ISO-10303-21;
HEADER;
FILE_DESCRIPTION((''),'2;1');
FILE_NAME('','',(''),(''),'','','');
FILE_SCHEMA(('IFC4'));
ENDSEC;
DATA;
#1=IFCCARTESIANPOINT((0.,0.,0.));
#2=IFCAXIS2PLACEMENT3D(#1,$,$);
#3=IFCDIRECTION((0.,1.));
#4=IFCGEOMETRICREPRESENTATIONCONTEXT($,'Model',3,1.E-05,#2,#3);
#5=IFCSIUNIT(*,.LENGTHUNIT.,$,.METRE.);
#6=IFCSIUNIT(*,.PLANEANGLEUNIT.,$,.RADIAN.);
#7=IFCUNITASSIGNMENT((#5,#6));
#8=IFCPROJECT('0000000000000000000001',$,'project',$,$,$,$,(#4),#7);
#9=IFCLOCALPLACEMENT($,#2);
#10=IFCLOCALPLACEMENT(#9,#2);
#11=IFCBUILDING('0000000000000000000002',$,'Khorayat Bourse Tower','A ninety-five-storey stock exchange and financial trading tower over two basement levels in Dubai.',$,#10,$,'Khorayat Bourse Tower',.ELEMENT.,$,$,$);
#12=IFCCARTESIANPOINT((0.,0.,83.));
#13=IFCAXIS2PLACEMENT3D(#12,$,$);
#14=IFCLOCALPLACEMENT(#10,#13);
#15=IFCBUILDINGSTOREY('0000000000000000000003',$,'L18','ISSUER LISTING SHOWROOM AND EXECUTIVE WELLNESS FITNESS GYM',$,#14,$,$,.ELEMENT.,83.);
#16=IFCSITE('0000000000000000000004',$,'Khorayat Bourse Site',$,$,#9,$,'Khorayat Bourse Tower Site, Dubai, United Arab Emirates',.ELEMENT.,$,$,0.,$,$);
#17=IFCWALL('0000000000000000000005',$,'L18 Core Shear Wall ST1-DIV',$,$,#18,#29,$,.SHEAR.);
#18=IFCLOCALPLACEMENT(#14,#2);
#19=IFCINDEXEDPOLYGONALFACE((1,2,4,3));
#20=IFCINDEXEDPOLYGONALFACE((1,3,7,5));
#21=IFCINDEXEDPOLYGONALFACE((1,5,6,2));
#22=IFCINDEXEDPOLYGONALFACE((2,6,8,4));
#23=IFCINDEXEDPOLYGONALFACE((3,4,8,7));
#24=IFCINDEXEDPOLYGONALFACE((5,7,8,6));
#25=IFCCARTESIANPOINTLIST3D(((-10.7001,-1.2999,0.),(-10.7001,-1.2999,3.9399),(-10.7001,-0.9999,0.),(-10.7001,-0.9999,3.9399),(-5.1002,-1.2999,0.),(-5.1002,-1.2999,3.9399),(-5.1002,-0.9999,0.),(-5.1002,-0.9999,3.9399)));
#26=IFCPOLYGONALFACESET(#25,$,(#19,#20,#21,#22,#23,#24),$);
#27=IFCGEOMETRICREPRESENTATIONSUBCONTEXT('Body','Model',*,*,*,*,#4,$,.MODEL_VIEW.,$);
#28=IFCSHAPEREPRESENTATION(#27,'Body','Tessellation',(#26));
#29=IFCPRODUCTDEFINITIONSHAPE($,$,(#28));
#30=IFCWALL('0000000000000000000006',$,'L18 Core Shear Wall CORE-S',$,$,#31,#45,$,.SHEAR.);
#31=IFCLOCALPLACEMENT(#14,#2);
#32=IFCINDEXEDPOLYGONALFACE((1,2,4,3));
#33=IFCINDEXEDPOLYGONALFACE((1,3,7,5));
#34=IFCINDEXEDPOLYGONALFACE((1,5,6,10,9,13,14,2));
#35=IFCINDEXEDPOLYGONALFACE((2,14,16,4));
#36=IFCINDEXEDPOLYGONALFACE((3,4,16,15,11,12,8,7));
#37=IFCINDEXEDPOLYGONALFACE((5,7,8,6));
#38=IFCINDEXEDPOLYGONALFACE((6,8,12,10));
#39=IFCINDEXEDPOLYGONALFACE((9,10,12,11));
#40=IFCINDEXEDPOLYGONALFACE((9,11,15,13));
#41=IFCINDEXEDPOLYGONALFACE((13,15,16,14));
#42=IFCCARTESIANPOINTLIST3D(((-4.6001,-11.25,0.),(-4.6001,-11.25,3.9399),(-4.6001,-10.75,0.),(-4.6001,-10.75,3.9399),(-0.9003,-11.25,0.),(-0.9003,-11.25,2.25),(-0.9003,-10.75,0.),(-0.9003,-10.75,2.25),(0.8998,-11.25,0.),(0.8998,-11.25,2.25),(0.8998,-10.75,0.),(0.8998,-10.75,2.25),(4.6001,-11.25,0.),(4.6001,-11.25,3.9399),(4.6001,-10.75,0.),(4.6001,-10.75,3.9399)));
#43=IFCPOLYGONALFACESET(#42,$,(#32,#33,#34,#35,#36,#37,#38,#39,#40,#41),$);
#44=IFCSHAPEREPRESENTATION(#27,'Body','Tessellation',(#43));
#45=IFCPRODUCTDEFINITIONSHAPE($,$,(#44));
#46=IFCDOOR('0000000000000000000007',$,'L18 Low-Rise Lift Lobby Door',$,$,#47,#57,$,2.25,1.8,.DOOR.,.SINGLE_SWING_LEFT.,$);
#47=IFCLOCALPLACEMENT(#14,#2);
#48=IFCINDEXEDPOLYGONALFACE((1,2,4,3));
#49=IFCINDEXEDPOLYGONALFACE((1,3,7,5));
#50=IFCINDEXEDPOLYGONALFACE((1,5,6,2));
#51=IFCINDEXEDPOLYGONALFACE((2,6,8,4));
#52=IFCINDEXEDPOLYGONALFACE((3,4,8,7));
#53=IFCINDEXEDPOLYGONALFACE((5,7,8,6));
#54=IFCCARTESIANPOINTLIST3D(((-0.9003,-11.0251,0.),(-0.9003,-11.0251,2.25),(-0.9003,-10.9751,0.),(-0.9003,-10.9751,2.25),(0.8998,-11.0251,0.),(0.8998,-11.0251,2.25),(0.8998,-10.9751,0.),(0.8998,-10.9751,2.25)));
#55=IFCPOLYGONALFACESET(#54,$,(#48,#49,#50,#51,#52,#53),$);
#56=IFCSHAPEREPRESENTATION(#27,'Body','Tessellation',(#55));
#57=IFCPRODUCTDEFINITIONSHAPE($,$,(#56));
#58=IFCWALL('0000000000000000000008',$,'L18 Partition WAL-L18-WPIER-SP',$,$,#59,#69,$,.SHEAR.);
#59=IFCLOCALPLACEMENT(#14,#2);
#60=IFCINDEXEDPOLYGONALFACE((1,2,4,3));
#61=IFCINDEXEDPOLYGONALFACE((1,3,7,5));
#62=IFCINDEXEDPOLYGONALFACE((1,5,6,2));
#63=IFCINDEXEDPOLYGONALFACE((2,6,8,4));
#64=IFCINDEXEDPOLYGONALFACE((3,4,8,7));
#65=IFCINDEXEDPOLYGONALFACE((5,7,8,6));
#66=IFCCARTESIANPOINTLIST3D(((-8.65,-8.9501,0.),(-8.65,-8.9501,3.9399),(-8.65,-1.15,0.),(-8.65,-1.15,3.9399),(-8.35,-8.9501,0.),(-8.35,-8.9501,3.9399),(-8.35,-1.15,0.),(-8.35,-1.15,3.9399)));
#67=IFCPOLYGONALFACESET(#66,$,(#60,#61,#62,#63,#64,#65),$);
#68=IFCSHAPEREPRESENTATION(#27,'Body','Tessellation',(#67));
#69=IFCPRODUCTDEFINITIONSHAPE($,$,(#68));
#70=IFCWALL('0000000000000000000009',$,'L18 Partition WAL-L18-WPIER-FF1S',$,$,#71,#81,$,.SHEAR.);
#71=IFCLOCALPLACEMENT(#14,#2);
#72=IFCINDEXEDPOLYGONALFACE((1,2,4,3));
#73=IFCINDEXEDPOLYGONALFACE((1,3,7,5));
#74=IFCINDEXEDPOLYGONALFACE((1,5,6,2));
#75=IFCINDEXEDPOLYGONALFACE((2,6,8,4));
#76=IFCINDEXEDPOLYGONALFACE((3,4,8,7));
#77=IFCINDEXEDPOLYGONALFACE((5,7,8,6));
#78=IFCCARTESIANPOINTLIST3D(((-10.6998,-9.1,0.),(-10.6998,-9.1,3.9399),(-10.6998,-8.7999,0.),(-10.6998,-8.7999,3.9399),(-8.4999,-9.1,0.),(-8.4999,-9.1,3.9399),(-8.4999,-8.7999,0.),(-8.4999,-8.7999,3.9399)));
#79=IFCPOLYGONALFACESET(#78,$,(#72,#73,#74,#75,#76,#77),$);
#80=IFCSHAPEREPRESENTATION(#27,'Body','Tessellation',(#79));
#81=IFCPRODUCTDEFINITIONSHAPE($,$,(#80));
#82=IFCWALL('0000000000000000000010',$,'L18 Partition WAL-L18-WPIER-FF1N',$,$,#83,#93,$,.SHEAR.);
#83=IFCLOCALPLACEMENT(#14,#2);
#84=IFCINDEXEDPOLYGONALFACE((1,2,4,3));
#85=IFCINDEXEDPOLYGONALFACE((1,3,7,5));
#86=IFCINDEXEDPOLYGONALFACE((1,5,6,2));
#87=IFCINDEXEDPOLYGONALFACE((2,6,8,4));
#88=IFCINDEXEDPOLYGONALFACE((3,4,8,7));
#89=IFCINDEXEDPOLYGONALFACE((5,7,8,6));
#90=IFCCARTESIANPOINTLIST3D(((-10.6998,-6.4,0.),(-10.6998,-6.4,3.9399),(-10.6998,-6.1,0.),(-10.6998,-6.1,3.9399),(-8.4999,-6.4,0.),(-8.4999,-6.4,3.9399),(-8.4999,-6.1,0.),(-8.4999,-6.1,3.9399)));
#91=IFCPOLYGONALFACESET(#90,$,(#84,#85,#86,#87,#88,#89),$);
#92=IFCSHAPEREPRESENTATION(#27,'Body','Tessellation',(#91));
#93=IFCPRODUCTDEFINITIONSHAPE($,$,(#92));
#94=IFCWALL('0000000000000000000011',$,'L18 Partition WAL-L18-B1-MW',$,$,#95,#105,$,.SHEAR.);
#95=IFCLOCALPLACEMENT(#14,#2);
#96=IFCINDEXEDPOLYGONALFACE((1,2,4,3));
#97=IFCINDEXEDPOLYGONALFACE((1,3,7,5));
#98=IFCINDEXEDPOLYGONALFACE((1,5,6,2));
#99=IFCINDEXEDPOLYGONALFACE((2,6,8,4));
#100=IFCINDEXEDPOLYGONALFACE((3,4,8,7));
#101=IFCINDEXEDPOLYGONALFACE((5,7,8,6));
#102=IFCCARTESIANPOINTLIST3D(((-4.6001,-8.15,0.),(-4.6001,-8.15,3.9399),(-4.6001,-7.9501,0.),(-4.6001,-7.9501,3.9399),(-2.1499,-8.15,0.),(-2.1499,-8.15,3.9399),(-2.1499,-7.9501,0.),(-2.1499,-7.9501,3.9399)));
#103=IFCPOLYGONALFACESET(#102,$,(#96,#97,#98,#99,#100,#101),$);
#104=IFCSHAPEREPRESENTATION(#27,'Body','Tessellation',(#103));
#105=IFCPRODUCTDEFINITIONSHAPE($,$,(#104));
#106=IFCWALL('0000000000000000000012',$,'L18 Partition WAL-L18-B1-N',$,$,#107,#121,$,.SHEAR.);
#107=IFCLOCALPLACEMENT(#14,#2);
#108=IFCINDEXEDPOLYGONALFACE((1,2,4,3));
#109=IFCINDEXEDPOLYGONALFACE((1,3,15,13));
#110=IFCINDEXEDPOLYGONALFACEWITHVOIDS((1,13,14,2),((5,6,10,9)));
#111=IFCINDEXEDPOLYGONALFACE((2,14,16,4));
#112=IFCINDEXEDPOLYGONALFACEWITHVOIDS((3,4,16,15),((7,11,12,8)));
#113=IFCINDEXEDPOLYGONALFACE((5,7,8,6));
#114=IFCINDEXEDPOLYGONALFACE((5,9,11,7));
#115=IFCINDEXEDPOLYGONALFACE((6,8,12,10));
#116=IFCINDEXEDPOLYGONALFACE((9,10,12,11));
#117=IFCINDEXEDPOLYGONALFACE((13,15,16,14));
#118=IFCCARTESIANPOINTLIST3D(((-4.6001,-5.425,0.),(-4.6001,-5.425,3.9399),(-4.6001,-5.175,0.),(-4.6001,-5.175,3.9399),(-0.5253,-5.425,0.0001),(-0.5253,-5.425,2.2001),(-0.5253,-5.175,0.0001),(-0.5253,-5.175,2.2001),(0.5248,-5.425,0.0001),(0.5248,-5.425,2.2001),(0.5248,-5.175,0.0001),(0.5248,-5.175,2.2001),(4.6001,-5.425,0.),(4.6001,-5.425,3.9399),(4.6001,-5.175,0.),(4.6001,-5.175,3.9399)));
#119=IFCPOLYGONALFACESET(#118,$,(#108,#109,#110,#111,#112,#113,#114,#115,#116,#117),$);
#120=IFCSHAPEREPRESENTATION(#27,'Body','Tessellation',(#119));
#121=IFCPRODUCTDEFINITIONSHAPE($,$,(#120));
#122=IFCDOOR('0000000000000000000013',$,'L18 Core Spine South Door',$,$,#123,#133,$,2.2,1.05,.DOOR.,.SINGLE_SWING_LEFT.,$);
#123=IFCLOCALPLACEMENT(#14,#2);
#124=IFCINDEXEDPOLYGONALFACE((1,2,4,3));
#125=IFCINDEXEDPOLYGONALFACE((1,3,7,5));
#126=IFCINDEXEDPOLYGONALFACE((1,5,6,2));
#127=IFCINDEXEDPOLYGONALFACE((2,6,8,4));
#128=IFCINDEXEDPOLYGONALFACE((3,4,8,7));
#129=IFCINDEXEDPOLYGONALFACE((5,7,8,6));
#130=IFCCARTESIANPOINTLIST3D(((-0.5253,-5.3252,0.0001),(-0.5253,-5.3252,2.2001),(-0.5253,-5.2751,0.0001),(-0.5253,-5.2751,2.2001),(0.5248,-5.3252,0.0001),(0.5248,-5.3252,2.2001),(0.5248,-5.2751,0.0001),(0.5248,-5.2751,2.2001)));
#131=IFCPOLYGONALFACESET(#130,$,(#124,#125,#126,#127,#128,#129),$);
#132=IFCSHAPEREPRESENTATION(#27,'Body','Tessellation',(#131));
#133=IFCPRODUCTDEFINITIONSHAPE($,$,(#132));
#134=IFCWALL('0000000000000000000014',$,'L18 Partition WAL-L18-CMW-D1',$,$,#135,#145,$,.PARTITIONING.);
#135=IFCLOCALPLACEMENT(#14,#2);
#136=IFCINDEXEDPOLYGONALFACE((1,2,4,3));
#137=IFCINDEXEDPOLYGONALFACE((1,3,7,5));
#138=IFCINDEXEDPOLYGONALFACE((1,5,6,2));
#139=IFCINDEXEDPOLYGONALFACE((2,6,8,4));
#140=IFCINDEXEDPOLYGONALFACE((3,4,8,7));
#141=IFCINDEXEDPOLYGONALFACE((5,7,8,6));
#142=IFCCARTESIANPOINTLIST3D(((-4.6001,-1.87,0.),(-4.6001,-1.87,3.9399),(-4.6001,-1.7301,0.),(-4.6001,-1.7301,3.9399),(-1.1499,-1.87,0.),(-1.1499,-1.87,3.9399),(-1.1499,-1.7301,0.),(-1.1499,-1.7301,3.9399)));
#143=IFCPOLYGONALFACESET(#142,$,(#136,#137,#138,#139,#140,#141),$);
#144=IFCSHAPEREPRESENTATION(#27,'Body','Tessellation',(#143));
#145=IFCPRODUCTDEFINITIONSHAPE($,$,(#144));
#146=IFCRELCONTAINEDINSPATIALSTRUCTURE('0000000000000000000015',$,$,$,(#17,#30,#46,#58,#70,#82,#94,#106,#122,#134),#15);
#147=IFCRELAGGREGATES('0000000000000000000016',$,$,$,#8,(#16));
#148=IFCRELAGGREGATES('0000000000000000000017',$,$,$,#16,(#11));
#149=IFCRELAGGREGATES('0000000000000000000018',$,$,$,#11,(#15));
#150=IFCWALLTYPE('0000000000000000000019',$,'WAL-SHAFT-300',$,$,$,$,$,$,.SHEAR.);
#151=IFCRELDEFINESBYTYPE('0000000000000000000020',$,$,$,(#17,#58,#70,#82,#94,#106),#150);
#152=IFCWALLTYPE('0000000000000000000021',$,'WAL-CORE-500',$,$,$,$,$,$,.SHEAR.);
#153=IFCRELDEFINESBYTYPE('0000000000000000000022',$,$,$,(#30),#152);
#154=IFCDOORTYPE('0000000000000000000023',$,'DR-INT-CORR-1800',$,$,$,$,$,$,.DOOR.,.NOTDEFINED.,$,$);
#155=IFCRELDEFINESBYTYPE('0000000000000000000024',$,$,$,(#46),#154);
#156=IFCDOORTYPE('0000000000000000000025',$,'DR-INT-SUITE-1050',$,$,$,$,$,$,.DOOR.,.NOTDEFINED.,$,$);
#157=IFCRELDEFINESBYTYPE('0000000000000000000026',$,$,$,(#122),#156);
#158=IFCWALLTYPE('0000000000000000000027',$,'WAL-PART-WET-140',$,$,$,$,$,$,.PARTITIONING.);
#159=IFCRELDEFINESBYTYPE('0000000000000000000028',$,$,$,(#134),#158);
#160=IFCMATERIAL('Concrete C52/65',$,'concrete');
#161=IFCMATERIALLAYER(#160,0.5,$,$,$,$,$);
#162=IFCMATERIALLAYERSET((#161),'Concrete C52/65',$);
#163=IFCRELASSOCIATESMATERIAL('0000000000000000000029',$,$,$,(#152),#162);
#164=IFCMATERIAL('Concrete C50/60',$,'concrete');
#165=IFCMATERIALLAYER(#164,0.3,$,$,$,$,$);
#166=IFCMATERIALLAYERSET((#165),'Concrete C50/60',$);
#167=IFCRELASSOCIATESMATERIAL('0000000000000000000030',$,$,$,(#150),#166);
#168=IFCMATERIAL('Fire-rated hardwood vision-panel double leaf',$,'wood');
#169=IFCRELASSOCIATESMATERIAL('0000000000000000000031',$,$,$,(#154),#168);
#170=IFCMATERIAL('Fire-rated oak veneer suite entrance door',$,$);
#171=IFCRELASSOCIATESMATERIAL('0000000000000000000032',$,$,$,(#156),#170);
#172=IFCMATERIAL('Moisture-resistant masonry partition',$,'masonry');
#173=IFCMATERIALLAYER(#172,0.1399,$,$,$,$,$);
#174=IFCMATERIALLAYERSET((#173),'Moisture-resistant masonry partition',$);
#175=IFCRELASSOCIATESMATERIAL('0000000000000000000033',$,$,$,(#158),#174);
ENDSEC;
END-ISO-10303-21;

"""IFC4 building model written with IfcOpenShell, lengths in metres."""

from ifc_helpers import new_model, si_unit, direction, frame, frame_2d, origin, place, context, subcontext, project, spatial, rectangle, extrude, source, transform, mapped, material, layer, layer_set, type_object, element, fill, save


model = new_model("IFC4")

# Units and contexts
model_context = context("Model", 3, precision=1e-05, world=origin(), true_north=direction((0.0, 1.0)))
body_context = subcontext(model_context, "Body", "Model", "MODEL_VIEW")
ifc_project = project(units=[si_unit("LENGTHUNIT", "METRE"), si_unit("PLANEANGLEUNIT", "RADIAN")], contexts=[model_context])

# Site, building, storey
site_placement = place(None, origin())
site = spatial("IfcSite", under=ifc_project, at=site_placement, Name="Khorayat Bourse Site", LongName="Khorayat Bourse Tower Site, Dubai, United Arab Emirates", CompositionType="ELEMENT", RefElevation=0.0)
building_placement = place(site_placement, origin())
building = spatial("IfcBuilding", under=site, at=building_placement, Name="Khorayat Bourse Tower", Description="A ninety-five-storey stock exchange and financial trading tower over two basement levels in Dubai.", LongName="Khorayat Bourse Tower", CompositionType="ELEMENT")
storey_placement = place(building_placement, frame((0.0, 0.0, 83.0)))
storey = spatial("IfcBuildingStorey", under=building, at=storey_placement, Name="L18", Description="ISSUER LISTING SHOWROOM AND EXECUTIVE WELLNESS FITNESS GYM", CompositionType="ELEMENT", Elevation=83.0)

# Wall
ifc_material_1 = material(Name="Concrete C52/65", Category="concrete")
ifc_layer_1 = layer(ifc_material_1, 0.5)
ifc_layer_set_1 = layer_set([ifc_layer_1], Name="Concrete C52/65")
wall_type_1 = type_object("IfcWallType", Name="WAL-CORE-500", PredefinedType="SHEAR", material=ifc_layer_set_1)
ifc_material_2 = material(Name="Concrete C50/60", Category="concrete")
ifc_layer_2 = layer(ifc_material_2, 0.3)
ifc_layer_set_2 = layer_set([ifc_layer_2], Name="Concrete C50/60")
wall_type_2 = type_object("IfcWallType", Name="WAL-SHAFT-300", PredefinedType="SHEAR", material=ifc_layer_set_2)
shared_shape_1 = source(origin(), body_context, "Body", "SweptSolid", [
    extrude(rectangle(XDim=5.5999, YDim=0.3, at=frame_2d((2.7998, 0.0))), origin(), (0.0, 0.0, 1.0), 3.9399),
])
wall_1_placement = place(storey_placement, frame((-10.7, -1.1499, 0.0), z_axis=(0.0, 0.0, 1.0), x_axis=(1.0, 0.0, 0.0)))
element("IfcWall", 1, at=wall_1_placement, inside=storey, type_object=wall_type_2, Name="L18 Core Shear Wall ST1-DIV", PredefinedType="SHEAR", context=body_context, shape_type="MappedRepresentation", body=[
    mapped(shared_shape_1, transform((0.0, 0.0, 0.0), scale=1.0)),
])

# Wall, opening, door
shared_shape_2 = source(origin(), body_context, "Body", "SweptSolid", [
    extrude(rectangle(XDim=9.2002, YDim=0.5, at=frame_2d((4.6001, 0.0))), origin(), (0.0, 0.0, 1.0), 3.9399),
])
wall_2_placement = place(storey_placement, frame((-4.6001, -11.0, 0.0), z_axis=(0.0, 0.0, 1.0), x_axis=(1.0, 0.0, 0.0)))
wall_2 = element("IfcWall", 2, at=wall_2_placement, inside=storey, type_object=wall_type_1, Name="L18 Core Shear Wall CORE-S", PredefinedType="SHEAR", context=body_context, shape_type="MappedRepresentation", body=[
    mapped(shared_shape_2, transform((0.0, 0.0, 0.0), scale=1.0)),
])
shared_shape_3 = source(origin(), body_context, "Body", "SweptSolid", [
    extrude(rectangle(XDim=1.8, YDim=2.25, at=frame_2d((0.8999, 1.125))), frame((0.0, 0.26, 0.0), z_axis=(0.0, -1.0, 0.0), x_axis=(1.0, 0.0, 0.0)), (0.0, 0.0, 1.0), 0.52),
])
opening_1_placement = place(wall_2_placement, frame((3.7, 0.0, 0.0)))
opening_1 = element("IfcOpeningElement", 3, at=opening_1_placement, cuts=wall_2, PredefinedType="OPENING", context=body_context, shape_type="MappedRepresentation", body=[
    mapped(shared_shape_3, transform((0.0, 0.0, 0.0), scale=1.0)),
])
ifc_material_3 = material(Name="Fire-rated hardwood vision-panel double leaf", Category="wood")
door_type_1 = type_object("IfcDoorType", Name="DR-INT-CORR-1800", OperationType="NOTDEFINED", PredefinedType="DOOR", material=ifc_material_3)
shared_shape_4 = source(origin(), body_context, "Body", "SweptSolid", [
    extrude(rectangle(XDim=1.8, YDim=2.25, at=frame_2d((0.8999, 1.125))), frame((0.0, 0.0249, 0.0), z_axis=(0.0, -1.0, 0.0), x_axis=(1.0, 0.0, 0.0)), (0.0, 0.0, 1.0), 0.05),
])
door_1_placement = place(opening_1_placement, origin())
door_1 = element("IfcDoor", 4, at=door_1_placement, inside=storey, type_object=door_type_1, Name="L18 Low-Rise Lift Lobby Door", OperationType="SINGLE_SWING_LEFT", OverallHeight=2.25, OverallWidth=1.8, PredefinedType="DOOR", context=body_context, shape_type="MappedRepresentation", body=[
    mapped(shared_shape_4, transform((0.0, 0.0, 0.0), scale=1.0)),
])
fill(opening_1, door_1)

# Walls
shared_shape_5 = source(origin(), body_context, "Body", "SweptSolid", [
    extrude(rectangle(XDim=7.8, YDim=0.3, at=frame_2d((3.8999, 0.0))), origin(), (0.0, 0.0, 1.0), 3.9399),
])
wall_3_placement = place(storey_placement, frame((-8.5, -8.95, 0.0), z_axis=(0.0, 0.0, 1.0), x_axis=(0.0, 1.0, 0.0)))
element("IfcWall", 5, at=wall_3_placement, inside=storey, type_object=wall_type_2, Name="L18 Partition WAL-L18-WPIER-SP", PredefinedType="SHEAR", context=body_context, shape_type="MappedRepresentation", body=[
    mapped(shared_shape_5, transform((0.0, 0.0, 0.0), scale=1.0)),
])
shared_shape_6 = source(origin(), body_context, "Body", "SweptSolid", [
    extrude(rectangle(XDim=2.2, YDim=0.3, at=frame_2d((1.1001, 0.0))), origin(), (0.0, 0.0, 1.0), 3.9399),
])
for number, where, z_axis, x_axis, name in (
    (6, (-10.7, -8.95, 0.0), (0.0, 0.0, 1.0), (1.0, 0.0, 0.0), "L18 Partition WAL-L18-WPIER-FF1S"),
    (7, (-10.7, -6.25, 0.0), (0.0, 0.0, 1.0), (1.0, 0.0, 0.0), "L18 Partition WAL-L18-WPIER-FF1N"),
):
    element("IfcWall", number, at=place(storey_placement, frame(where, z_axis=z_axis, x_axis=x_axis)), inside=storey, type_object=wall_type_2, Name=name, PredefinedType="SHEAR", context=body_context, shape_type="MappedRepresentation", body=[
        mapped(shared_shape_6, transform((0.0, 0.0, 0.0), scale=1.0)),
    ])
shared_shape_7 = source(origin(), body_context, "Body", "SweptSolid", [
    extrude(rectangle(XDim=2.4502, YDim=0.2, at=frame_2d((1.2251, 0.0))), origin(), (0.0, 0.0, 1.0), 3.9399),
])
wall_4_placement = place(storey_placement, frame((-4.6001, -8.05, 0.0), z_axis=(0.0, 0.0, 1.0), x_axis=(1.0, 0.0, 0.0)))
element("IfcWall", 8, at=wall_4_placement, inside=storey, type_object=wall_type_2, Name="L18 Partition WAL-L18-B1-MW", PredefinedType="SHEAR", context=body_context, shape_type="MappedRepresentation", body=[
    mapped(shared_shape_7, transform((0.0, 0.0, 0.0), scale=1.0)),
])

# Wall, opening, door
shared_shape_8 = source(origin(), body_context, "Body", "SweptSolid", [
    extrude(rectangle(XDim=9.2002, YDim=0.25, at=frame_2d((4.6001, 0.0))), origin(), (0.0, 0.0, 1.0), 3.9399),
])
wall_5_placement = place(storey_placement, frame((-4.6001, -5.3, 0.0), z_axis=(0.0, 0.0, 1.0), x_axis=(1.0, 0.0, 0.0)))
wall_5 = element("IfcWall", 9, at=wall_5_placement, inside=storey, type_object=wall_type_2, Name="L18 Partition WAL-L18-B1-N", PredefinedType="SHEAR", context=body_context, shape_type="MappedRepresentation", body=[
    mapped(shared_shape_8, transform((0.0, 0.0, 0.0), scale=1.0)),
])
shared_shape_9 = source(origin(), body_context, "Body", "SweptSolid", [
    extrude(rectangle(XDim=1.05, YDim=2.2, at=frame_2d((0.5249, 1.1001))), frame((0.0, 0.135, 0.0), z_axis=(0.0, -1.0, 0.0), x_axis=(1.0, 0.0, 0.0)), (0.0, 0.0, 1.0), 0.27),
])
opening_2_placement = place(wall_5_placement, frame((4.075, 0.0, 0.0)))
opening_2 = element("IfcOpeningElement", 10, at=opening_2_placement, cuts=wall_5, PredefinedType="OPENING", context=body_context, shape_type="MappedRepresentation", body=[
    mapped(shared_shape_9, transform((0.0, 0.0, 0.0), scale=1.0)),
])
ifc_material_4 = material(Name="Fire-rated oak veneer suite entrance door")
door_type_2 = type_object("IfcDoorType", Name="DR-INT-SUITE-1050", OperationType="NOTDEFINED", PredefinedType="DOOR", material=ifc_material_4)
shared_shape_10 = source(origin(), body_context, "Body", "SweptSolid", [
    extrude(rectangle(XDim=1.05, YDim=2.2, at=frame_2d((0.5249, 1.1001))), frame((0.0, 0.0249, 0.0), z_axis=(0.0, -1.0, 0.0), x_axis=(1.0, 0.0, 0.0)), (0.0, 0.0, 1.0), 0.05),
])
door_2_placement = place(opening_2_placement, origin())
door_2 = element("IfcDoor", 11, at=door_2_placement, inside=storey, type_object=door_type_2, Name="L18 Core Spine South Door", OperationType="SINGLE_SWING_LEFT", OverallHeight=2.2, OverallWidth=1.05, PredefinedType="DOOR", context=body_context, shape_type="MappedRepresentation", body=[
    mapped(shared_shape_10, transform((0.0, 0.0, 0.0), scale=1.0)),
])
fill(opening_2, door_2)

# Wall
ifc_material_5 = material(Name="Moisture-resistant masonry partition", Category="masonry")
ifc_layer_3 = layer(ifc_material_5, 0.1399)
ifc_layer_set_3 = layer_set([ifc_layer_3], Name="Moisture-resistant masonry partition")
wall_type_3 = type_object("IfcWallType", Name="WAL-PART-WET-140", PredefinedType="PARTITIONING", material=ifc_layer_set_3)
shared_shape_11 = source(origin(), body_context, "Body", "SweptSolid", [
    extrude(rectangle(XDim=3.4502, YDim=0.1399, at=frame_2d((1.7251, 0.0))), origin(), (0.0, 0.0, 1.0), 3.9399),
])
wall_6_placement = place(storey_placement, frame((-4.6001, -1.8, 0.0), z_axis=(0.0, 0.0, 1.0), x_axis=(1.0, 0.0, 0.0)))
element("IfcWall", 12, at=wall_6_placement, inside=storey, type_object=wall_type_3, Name="L18 Partition WAL-L18-CMW-D1", PredefinedType="PARTITIONING", context=body_context, shape_type="MappedRepresentation", body=[
    mapped(shared_shape_11, transform((0.0, 0.0, 0.0), scale=1.0)),
])

save(model, "model.ifc")
